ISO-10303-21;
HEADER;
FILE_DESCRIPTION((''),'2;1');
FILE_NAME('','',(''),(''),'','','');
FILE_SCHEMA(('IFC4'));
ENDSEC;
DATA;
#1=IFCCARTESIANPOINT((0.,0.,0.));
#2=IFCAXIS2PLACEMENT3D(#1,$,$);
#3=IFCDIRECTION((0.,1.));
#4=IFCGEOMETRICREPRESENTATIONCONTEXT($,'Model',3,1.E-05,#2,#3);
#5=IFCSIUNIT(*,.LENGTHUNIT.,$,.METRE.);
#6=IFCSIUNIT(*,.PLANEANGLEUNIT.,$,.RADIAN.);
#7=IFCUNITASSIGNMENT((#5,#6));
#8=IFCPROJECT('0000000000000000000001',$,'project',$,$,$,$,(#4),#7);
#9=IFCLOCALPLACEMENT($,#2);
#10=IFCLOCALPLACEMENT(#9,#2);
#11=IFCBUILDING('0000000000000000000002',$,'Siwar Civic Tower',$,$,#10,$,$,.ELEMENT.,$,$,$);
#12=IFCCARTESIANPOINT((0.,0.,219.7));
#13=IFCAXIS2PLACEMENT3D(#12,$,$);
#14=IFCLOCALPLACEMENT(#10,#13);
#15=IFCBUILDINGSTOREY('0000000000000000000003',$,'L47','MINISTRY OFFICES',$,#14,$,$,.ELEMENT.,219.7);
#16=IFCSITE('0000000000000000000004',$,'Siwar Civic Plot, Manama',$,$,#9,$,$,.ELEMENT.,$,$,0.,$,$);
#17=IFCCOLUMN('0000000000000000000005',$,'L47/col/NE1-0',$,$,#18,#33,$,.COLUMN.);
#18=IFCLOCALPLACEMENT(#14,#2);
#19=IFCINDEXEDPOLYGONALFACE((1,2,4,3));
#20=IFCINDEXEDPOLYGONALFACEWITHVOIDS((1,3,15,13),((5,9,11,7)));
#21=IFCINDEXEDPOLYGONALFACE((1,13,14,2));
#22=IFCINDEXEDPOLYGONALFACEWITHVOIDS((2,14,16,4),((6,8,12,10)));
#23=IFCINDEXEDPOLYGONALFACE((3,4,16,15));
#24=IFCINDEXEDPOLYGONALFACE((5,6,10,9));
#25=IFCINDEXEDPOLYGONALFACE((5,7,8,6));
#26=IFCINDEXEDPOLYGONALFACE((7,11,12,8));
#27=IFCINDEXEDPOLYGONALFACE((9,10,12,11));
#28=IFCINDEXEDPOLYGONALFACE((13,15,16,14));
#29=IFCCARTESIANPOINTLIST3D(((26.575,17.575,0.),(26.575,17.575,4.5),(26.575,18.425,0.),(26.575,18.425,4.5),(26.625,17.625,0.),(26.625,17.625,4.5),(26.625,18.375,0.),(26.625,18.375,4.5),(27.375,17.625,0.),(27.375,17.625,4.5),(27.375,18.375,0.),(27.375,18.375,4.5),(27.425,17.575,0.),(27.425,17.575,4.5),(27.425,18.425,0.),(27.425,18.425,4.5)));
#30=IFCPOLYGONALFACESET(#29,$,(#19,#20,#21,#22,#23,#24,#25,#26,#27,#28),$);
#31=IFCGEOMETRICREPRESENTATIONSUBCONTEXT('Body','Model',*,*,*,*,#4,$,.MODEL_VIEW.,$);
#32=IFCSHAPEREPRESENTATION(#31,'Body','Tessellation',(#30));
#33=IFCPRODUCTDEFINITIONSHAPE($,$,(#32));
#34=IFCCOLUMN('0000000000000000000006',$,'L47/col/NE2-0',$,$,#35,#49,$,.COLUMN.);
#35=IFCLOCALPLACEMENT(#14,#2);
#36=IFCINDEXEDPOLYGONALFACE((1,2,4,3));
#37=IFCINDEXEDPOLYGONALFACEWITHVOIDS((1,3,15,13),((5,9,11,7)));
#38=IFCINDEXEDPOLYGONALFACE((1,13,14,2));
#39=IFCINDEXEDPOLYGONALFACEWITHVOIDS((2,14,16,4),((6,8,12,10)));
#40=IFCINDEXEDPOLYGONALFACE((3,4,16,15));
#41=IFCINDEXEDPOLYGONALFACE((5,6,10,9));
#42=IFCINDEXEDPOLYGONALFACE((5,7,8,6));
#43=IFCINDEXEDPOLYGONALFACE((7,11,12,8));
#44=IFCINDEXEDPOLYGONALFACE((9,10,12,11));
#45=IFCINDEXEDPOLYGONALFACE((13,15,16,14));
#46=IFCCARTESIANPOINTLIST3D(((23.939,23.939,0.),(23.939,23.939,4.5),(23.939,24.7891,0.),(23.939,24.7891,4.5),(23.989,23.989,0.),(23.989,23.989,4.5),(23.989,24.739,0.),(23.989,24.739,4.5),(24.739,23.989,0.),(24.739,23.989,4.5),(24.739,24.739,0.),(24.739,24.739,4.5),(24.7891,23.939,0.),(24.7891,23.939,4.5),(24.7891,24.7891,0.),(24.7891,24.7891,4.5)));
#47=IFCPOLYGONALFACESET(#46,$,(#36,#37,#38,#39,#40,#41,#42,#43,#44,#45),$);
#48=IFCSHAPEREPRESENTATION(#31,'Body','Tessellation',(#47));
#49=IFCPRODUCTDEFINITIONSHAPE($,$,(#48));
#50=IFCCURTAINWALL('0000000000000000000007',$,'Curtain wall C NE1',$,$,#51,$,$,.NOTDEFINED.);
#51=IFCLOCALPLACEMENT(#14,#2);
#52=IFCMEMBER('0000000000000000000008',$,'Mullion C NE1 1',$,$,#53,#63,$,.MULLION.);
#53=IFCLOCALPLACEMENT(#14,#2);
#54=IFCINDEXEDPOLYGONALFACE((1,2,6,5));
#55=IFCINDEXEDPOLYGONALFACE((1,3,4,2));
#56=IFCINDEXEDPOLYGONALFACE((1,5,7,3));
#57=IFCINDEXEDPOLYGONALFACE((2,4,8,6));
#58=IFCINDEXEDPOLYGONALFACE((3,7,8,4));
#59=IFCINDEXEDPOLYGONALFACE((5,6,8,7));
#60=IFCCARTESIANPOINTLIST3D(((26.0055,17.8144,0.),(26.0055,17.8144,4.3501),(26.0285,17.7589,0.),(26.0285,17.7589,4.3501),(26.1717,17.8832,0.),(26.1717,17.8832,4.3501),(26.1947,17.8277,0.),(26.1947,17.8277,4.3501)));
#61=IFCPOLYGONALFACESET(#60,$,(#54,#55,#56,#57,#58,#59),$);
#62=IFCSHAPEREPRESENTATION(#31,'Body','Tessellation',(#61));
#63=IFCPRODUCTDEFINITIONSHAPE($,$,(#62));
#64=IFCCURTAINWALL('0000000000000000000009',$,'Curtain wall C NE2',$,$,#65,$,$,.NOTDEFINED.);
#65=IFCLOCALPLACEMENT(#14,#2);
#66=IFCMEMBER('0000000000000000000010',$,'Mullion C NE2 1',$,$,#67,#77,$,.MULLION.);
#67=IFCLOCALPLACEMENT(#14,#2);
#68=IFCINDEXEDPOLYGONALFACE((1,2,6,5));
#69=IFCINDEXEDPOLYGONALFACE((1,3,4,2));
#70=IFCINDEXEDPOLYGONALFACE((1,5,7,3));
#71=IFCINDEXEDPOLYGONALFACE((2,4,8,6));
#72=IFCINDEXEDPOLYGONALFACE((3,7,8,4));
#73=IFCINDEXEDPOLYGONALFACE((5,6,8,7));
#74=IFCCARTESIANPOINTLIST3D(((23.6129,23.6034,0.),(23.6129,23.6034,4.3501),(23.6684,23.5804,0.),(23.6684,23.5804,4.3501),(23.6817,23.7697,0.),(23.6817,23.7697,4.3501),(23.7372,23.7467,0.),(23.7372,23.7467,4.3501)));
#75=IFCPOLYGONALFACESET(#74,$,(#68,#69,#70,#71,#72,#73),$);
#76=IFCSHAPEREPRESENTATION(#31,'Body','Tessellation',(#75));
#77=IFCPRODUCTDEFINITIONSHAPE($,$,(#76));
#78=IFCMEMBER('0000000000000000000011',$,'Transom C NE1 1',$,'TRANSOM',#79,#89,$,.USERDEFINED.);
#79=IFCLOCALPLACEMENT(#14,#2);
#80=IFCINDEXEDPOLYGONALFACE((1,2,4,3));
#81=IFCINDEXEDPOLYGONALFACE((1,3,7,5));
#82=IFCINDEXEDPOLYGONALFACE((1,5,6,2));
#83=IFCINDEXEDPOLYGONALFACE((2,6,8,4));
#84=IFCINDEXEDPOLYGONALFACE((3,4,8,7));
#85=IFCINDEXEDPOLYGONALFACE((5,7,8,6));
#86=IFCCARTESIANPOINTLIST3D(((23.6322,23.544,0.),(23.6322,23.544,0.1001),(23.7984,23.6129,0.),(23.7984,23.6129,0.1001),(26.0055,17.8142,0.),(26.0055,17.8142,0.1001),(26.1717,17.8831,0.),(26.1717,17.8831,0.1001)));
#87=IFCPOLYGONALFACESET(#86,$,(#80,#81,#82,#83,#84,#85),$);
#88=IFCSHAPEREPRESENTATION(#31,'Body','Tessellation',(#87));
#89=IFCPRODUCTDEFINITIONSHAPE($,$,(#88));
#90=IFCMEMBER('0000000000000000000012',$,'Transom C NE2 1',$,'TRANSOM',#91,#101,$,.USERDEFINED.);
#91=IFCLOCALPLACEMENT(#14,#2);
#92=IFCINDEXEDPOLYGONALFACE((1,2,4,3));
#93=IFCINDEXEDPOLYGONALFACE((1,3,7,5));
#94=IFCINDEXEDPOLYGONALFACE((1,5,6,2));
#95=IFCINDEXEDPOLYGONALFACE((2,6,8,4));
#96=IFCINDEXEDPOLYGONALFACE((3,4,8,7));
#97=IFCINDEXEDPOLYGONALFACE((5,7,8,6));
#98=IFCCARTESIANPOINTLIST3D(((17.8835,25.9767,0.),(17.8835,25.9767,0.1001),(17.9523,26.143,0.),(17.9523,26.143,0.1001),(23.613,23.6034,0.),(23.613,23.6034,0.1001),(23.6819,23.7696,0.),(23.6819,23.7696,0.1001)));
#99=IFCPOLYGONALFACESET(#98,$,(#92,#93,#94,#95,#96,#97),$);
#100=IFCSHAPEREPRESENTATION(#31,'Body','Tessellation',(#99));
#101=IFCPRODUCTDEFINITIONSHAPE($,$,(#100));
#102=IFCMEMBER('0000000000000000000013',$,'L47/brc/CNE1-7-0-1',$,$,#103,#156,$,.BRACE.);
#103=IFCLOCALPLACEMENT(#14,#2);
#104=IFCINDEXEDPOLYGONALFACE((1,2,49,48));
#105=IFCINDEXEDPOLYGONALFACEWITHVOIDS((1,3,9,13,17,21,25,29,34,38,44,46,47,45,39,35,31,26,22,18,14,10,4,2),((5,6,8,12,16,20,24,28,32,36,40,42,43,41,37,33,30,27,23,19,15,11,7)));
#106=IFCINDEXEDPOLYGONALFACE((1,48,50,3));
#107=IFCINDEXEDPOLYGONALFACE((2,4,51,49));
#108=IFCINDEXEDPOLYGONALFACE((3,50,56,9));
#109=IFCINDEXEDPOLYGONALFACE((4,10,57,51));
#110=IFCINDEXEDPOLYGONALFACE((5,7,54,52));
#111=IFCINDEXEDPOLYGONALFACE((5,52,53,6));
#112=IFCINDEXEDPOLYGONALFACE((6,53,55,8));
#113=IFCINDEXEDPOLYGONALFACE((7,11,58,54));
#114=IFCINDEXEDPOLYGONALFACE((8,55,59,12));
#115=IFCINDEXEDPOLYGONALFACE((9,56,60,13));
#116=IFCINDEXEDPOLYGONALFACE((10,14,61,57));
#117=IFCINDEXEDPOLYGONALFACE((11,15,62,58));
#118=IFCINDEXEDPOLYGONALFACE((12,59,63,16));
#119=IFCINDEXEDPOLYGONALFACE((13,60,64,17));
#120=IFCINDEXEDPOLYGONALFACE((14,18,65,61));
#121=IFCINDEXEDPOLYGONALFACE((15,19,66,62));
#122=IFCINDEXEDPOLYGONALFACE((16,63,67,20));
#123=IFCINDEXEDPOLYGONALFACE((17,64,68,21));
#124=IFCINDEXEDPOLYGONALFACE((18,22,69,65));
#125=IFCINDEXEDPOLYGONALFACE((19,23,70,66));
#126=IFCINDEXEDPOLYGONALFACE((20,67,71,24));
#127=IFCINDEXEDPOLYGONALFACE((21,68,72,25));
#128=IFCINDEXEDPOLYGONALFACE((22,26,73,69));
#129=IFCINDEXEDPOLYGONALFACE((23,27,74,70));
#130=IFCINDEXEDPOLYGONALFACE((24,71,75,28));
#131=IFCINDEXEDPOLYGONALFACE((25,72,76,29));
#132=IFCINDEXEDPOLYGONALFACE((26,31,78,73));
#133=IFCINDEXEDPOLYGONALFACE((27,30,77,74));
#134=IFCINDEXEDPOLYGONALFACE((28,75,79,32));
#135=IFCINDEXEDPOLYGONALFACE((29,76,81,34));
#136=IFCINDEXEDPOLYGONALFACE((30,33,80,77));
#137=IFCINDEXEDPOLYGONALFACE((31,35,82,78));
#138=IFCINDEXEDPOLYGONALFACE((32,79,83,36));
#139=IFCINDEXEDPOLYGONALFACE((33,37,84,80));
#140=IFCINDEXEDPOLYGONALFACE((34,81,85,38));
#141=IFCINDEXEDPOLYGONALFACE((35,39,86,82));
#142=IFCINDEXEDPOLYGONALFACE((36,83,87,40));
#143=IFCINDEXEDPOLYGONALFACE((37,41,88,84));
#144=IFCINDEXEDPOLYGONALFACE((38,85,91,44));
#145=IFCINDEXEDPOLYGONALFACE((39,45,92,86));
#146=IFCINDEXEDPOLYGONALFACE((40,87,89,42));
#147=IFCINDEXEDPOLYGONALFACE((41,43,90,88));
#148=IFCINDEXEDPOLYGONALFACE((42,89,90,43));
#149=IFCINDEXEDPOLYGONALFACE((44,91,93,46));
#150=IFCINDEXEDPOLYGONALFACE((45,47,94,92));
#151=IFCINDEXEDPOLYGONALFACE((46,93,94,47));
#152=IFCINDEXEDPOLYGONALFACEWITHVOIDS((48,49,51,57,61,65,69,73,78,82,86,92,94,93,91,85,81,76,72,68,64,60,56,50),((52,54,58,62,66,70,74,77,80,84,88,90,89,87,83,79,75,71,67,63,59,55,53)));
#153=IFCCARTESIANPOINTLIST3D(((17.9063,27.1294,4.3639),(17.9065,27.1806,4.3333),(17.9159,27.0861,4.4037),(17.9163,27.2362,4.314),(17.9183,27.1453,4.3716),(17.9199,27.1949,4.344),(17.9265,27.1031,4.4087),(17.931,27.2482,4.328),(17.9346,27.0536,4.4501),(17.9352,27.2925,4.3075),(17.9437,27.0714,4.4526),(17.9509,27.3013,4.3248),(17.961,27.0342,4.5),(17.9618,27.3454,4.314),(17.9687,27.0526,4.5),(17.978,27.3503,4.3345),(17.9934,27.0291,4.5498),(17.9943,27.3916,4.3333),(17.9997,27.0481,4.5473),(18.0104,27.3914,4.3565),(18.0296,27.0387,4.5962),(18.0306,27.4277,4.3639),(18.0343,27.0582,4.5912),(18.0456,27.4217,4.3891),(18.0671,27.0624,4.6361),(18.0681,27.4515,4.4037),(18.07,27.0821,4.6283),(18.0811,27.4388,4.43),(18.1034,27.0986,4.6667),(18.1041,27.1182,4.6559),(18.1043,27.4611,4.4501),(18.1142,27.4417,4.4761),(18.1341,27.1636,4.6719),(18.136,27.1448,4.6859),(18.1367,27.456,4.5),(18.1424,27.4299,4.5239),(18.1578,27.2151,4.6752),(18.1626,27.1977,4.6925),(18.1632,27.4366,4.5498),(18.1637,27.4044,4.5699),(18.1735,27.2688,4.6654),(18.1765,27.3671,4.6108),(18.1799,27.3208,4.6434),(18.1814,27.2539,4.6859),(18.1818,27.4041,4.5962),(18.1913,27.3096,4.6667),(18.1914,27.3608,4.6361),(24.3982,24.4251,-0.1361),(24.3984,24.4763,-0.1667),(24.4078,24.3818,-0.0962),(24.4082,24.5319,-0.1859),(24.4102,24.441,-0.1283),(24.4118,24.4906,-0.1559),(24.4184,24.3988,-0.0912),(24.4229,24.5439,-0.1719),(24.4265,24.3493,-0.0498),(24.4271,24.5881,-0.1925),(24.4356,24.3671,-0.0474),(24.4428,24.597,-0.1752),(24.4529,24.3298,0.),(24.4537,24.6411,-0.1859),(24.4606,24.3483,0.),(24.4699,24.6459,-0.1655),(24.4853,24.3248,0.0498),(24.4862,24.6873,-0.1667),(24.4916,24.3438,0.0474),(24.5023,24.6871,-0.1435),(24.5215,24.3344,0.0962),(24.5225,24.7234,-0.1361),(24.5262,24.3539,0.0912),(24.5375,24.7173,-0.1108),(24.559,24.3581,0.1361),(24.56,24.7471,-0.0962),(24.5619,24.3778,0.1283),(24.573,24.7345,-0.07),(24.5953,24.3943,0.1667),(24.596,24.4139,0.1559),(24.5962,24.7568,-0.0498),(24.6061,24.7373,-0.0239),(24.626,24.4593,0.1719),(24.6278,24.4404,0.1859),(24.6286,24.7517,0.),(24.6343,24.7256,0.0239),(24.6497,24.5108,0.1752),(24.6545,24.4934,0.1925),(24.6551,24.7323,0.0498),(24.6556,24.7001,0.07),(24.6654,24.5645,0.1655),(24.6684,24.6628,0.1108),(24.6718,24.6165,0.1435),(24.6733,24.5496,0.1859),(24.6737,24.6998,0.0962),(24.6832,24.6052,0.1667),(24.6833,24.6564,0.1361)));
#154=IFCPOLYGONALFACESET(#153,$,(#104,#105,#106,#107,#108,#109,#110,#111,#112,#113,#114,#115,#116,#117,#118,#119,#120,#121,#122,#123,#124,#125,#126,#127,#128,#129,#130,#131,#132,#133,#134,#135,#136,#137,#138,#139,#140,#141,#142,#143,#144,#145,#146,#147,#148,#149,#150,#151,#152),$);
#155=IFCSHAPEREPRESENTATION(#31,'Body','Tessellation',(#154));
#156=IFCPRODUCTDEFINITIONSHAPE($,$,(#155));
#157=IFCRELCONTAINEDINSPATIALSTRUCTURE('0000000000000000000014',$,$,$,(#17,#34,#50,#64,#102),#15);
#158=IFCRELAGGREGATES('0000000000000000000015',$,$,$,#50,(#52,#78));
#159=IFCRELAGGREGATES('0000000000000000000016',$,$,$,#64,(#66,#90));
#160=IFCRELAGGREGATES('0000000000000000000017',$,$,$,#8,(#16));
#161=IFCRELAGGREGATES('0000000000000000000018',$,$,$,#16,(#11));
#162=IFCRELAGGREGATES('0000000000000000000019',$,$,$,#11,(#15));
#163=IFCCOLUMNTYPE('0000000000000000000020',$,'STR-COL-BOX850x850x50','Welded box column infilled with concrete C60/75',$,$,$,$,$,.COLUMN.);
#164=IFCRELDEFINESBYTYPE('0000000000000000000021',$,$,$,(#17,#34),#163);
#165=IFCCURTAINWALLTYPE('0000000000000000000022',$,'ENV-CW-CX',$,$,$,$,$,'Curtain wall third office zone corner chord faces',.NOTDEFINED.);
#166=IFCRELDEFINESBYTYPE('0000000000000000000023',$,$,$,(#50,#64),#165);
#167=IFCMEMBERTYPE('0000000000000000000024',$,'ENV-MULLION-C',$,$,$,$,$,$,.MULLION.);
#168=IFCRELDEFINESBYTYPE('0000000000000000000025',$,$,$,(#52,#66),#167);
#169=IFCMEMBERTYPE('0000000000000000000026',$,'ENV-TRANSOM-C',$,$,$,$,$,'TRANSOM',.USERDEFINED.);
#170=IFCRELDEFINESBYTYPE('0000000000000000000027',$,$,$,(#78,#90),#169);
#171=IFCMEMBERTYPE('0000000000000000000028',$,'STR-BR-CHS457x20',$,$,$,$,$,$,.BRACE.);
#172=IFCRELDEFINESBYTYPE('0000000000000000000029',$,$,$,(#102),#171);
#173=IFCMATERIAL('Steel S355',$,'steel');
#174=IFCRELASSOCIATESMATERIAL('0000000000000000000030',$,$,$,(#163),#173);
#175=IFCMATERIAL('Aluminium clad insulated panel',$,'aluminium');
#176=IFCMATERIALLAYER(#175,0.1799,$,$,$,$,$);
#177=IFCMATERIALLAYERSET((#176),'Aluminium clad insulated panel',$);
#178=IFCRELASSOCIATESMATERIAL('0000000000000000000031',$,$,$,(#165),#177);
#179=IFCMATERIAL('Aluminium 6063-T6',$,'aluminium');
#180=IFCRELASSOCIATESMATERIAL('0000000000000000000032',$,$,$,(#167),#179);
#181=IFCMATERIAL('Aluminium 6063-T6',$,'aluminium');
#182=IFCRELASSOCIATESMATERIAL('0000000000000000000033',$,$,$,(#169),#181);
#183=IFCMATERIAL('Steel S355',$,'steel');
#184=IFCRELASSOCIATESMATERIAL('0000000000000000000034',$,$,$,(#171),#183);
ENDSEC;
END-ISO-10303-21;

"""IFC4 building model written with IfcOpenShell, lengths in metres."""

from ifc_helpers import new_model, si_unit, direction, frame, origin, origin_2d, place, context, subcontext, project, spatial, rectangle, hollow_rectangle, hollow_circle, extrude, material, layer, layer_set, material_profile, profile_set, type_object, element, aggregate, save


model = new_model("IFC4")

# Units and contexts
model_context = context("Model", 3, precision=1e-05, world=origin(), true_north=direction((0.0, 1.0)))
body_context = subcontext(model_context, "Body", "Model", "MODEL_VIEW")
ifc_project = project(units=[si_unit("LENGTHUNIT", "METRE"), si_unit("PLANEANGLEUNIT", "RADIAN")], contexts=[model_context])

# Site, building, storey
site_placement = place(None, origin())
site = spatial("IfcSite", under=ifc_project, at=site_placement, Name="Siwar Civic Plot, Manama", CompositionType="ELEMENT", RefElevation=0.0)
building_placement = place(site_placement, origin())
building = spatial("IfcBuilding", under=site, at=building_placement, Name="Siwar Civic Tower", CompositionType="ELEMENT")
storey_placement = place(building_placement, frame((0.0, 0.0, 219.7)))
storey = spatial("IfcBuildingStorey", under=building, at=storey_placement, Name="L47", Description="MINISTRY OFFICES", CompositionType="ELEMENT", Elevation=219.7)

# Columns
ifc_material_1 = material(Name="Steel S355", Category="steel")
ifc_material_profile_1 = material_profile(ifc_material_1, hollow_rectangle(XDim=0.8501, YDim=0.8501, WallThickness=0.05, at=origin_2d()), Name="BOX850x850x50")
ifc_profile_set_1 = profile_set([ifc_material_profile_1], Name="Steel S355")
column_type = type_object("IfcColumnType", Name="STR-COL-BOX850x850x50", Description="Welded box column infilled with concrete C60/75", PredefinedType="COLUMN", material=ifc_profile_set_1)
for number, where, z_axis, x_axis, name in (
    (1, (27.0, 18.0, 0.0), (0.0, 0.0, 1.0), (1.0, 0.0, 0.0), "L47/col/NE1-0"),
    (2, (24.364, 24.364, 0.0), (0.0, 0.0, 1.0), (1.0, 0.0, 0.0), "L47/col/NE2-0"),
):
    element("IfcColumn", number, at=place(storey_placement, frame(where, z_axis=z_axis, x_axis=x_axis)), inside=storey, type_object=column_type, Name=name, PredefinedType="COLUMN", context=body_context, shape_type="SweptSolid", body=[
        extrude(hollow_rectangle(XDim=0.8501, YDim=0.8501, WallThickness=0.05, at=origin_2d()), origin(), (0.0, 0.0, 1.0), 4.5),
    ])

# Curtain walls, members
ifc_material_2 = material(Name="Aluminium clad insulated panel", Category="aluminium")
ifc_layer_1 = layer(ifc_material_2, 0.1799)
ifc_layer_set_1 = layer_set([ifc_layer_1], Name="Aluminium clad insulated panel")
curtain_wall_type_1 = type_object("IfcCurtainWallType", Name="ENV-CW-CX", ElementType="Curtain wall third office zone corner chord faces", PredefinedType="NOTDEFINED", material=ifc_layer_set_1)
curtain_wall_1_placement = place(storey_placement, origin())
curtain_wall_1 = element("IfcCurtainWall", 3, at=curtain_wall_1_placement, inside=storey, type_object=curtain_wall_type_1, Name="Curtain wall C NE1", PredefinedType="NOTDEFINED")
ifc_material_3 = material(Name="Aluminium 6063-T6", Category="aluminium")
ifc_material_profile_2 = material_profile(ifc_material_3, rectangle(XDim=0.1799, YDim=0.0601, at=origin_2d()), Name="AL 180x60")
ifc_profile_set_2 = profile_set([ifc_material_profile_2], Name="Aluminium 6063-T6")
member_type_1 = type_object("IfcMemberType", Name="ENV-MULLION-C", PredefinedType="MULLION", material=ifc_profile_set_2)
member_1_placement = place(storey_placement, frame((26.1001, 17.821, 0.0), z_axis=(0.0, 0.0, 1.0), x_axis=(-0.92388, -0.382683, 0.0)))
member_1 = element("IfcMember", 4, at=member_1_placement, type_object=member_type_1, Name="Mullion C NE1 1", PredefinedType="MULLION", context=body_context, shape_type="SweptSolid", body=[
    extrude(rectangle(XDim=0.1799, YDim=0.0601, at=origin_2d()), origin(), (0.0, 0.0, 1.0), 4.3501),
])
curtain_wall_2_placement = place(storey_placement, origin())
curtain_wall_2 = element("IfcCurtainWall", 5, at=curtain_wall_2_placement, inside=storey, type_object=curtain_wall_type_1, Name="Curtain wall C NE2", PredefinedType="NOTDEFINED")
member_2_placement = place(storey_placement, frame((23.675, 23.675, 0.0), z_axis=(0.0, 0.0, 1.0), x_axis=(-0.382683, -0.92388, 0.0)))
member_2 = element("IfcMember", 6, at=member_2_placement, type_object=member_type_1, Name="Mullion C NE2 1", PredefinedType="MULLION", context=body_context, shape_type="SweptSolid", body=[
    extrude(rectangle(XDim=0.1799, YDim=0.0601, at=origin_2d()), origin(), (0.0, 0.0, 1.0), 4.3501),
])

# Members
ifc_material_4 = material(Name="Aluminium 6063-T6", Category="aluminium")
ifc_material_profile_3 = material_profile(ifc_material_4, rectangle(XDim=0.1799, YDim=0.1001, at=origin_2d()), Name="AL 180x100")
ifc_profile_set_3 = profile_set([ifc_material_profile_3], Name="Aluminium 6063-T6")
member_type_2 = type_object("IfcMemberType", Name="ENV-TRANSOM-C", ElementType="TRANSOM", PredefinedType="USERDEFINED", material=ifc_profile_set_3)
member_3_placement = place(storey_placement, frame((26.0886, 17.8486, 0.05), z_axis=(-0.382677, 0.923882, 0.0), x_axis=(-0.923882, -0.382677, 0.0)))
member_3 = element("IfcMember", 7, at=member_3_placement, type_object=member_type_2, Name="Transom C NE1 1", ObjectType="TRANSOM", PredefinedType="USERDEFINED", context=body_context, shape_type="SweptSolid", body=[
    extrude(rectangle(XDim=0.1799, YDim=0.1001, at=origin_2d()), origin(), (0.0, 0.0, 1.0), 6.2019),
])
member_4_placement = place(storey_placement, frame((23.6475, 23.6865, 0.05), z_axis=(-0.923876, 0.382691, 0.0), x_axis=(-0.382691, -0.923876, 0.0)))
member_4 = element("IfcMember", 8, at=member_4_placement, type_object=member_type_2, Name="Transom C NE2 1", ObjectType="TRANSOM", PredefinedType="USERDEFINED", context=body_context, shape_type="SweptSolid", body=[
    extrude(rectangle(XDim=0.1799, YDim=0.1001, at=origin_2d()), origin(), (0.0, 0.0, 1.0), 6.2017),
])

# Member
ifc_material_5 = material(Name="Steel S355", Category="steel")
ifc_material_profile_4 = material_profile(ifc_material_5, hollow_circle(Radius=0.2285, WallThickness=0.02, at=origin_2d()), Name="CHS457x20")
ifc_profile_set_4 = profile_set([ifc_material_profile_4], Name="Steel S355")
member_type_3 = type_object("IfcMemberType", Name="STR-BR-CHS457x20", PredefinedType="BRACE", material=ifc_profile_set_4)
member_5_placement = place(storey_placement, frame((24.5408, 24.5408, 0.0), z_axis=(-0.777555, 0.323906, 0.538975), x_axis=(-0.384539, -0.923109, 0.0)))
element("IfcMember", 9, at=member_5_placement, inside=storey, type_object=member_type_3, Name="L47/brc/CNE1-7-0-1", PredefinedType="BRACE", context=body_context, shape_type="SweptSolid", body=[
    extrude(hollow_circle(Radius=0.2285, WallThickness=0.02, at=origin_2d()), origin(), (0.0, 0.0, 1.0), 8.3491),
])

aggregate(curtain_wall_1, [member_1, member_3])
aggregate(curtain_wall_2, [member_2, member_4])

save(model, "model.ifc")
